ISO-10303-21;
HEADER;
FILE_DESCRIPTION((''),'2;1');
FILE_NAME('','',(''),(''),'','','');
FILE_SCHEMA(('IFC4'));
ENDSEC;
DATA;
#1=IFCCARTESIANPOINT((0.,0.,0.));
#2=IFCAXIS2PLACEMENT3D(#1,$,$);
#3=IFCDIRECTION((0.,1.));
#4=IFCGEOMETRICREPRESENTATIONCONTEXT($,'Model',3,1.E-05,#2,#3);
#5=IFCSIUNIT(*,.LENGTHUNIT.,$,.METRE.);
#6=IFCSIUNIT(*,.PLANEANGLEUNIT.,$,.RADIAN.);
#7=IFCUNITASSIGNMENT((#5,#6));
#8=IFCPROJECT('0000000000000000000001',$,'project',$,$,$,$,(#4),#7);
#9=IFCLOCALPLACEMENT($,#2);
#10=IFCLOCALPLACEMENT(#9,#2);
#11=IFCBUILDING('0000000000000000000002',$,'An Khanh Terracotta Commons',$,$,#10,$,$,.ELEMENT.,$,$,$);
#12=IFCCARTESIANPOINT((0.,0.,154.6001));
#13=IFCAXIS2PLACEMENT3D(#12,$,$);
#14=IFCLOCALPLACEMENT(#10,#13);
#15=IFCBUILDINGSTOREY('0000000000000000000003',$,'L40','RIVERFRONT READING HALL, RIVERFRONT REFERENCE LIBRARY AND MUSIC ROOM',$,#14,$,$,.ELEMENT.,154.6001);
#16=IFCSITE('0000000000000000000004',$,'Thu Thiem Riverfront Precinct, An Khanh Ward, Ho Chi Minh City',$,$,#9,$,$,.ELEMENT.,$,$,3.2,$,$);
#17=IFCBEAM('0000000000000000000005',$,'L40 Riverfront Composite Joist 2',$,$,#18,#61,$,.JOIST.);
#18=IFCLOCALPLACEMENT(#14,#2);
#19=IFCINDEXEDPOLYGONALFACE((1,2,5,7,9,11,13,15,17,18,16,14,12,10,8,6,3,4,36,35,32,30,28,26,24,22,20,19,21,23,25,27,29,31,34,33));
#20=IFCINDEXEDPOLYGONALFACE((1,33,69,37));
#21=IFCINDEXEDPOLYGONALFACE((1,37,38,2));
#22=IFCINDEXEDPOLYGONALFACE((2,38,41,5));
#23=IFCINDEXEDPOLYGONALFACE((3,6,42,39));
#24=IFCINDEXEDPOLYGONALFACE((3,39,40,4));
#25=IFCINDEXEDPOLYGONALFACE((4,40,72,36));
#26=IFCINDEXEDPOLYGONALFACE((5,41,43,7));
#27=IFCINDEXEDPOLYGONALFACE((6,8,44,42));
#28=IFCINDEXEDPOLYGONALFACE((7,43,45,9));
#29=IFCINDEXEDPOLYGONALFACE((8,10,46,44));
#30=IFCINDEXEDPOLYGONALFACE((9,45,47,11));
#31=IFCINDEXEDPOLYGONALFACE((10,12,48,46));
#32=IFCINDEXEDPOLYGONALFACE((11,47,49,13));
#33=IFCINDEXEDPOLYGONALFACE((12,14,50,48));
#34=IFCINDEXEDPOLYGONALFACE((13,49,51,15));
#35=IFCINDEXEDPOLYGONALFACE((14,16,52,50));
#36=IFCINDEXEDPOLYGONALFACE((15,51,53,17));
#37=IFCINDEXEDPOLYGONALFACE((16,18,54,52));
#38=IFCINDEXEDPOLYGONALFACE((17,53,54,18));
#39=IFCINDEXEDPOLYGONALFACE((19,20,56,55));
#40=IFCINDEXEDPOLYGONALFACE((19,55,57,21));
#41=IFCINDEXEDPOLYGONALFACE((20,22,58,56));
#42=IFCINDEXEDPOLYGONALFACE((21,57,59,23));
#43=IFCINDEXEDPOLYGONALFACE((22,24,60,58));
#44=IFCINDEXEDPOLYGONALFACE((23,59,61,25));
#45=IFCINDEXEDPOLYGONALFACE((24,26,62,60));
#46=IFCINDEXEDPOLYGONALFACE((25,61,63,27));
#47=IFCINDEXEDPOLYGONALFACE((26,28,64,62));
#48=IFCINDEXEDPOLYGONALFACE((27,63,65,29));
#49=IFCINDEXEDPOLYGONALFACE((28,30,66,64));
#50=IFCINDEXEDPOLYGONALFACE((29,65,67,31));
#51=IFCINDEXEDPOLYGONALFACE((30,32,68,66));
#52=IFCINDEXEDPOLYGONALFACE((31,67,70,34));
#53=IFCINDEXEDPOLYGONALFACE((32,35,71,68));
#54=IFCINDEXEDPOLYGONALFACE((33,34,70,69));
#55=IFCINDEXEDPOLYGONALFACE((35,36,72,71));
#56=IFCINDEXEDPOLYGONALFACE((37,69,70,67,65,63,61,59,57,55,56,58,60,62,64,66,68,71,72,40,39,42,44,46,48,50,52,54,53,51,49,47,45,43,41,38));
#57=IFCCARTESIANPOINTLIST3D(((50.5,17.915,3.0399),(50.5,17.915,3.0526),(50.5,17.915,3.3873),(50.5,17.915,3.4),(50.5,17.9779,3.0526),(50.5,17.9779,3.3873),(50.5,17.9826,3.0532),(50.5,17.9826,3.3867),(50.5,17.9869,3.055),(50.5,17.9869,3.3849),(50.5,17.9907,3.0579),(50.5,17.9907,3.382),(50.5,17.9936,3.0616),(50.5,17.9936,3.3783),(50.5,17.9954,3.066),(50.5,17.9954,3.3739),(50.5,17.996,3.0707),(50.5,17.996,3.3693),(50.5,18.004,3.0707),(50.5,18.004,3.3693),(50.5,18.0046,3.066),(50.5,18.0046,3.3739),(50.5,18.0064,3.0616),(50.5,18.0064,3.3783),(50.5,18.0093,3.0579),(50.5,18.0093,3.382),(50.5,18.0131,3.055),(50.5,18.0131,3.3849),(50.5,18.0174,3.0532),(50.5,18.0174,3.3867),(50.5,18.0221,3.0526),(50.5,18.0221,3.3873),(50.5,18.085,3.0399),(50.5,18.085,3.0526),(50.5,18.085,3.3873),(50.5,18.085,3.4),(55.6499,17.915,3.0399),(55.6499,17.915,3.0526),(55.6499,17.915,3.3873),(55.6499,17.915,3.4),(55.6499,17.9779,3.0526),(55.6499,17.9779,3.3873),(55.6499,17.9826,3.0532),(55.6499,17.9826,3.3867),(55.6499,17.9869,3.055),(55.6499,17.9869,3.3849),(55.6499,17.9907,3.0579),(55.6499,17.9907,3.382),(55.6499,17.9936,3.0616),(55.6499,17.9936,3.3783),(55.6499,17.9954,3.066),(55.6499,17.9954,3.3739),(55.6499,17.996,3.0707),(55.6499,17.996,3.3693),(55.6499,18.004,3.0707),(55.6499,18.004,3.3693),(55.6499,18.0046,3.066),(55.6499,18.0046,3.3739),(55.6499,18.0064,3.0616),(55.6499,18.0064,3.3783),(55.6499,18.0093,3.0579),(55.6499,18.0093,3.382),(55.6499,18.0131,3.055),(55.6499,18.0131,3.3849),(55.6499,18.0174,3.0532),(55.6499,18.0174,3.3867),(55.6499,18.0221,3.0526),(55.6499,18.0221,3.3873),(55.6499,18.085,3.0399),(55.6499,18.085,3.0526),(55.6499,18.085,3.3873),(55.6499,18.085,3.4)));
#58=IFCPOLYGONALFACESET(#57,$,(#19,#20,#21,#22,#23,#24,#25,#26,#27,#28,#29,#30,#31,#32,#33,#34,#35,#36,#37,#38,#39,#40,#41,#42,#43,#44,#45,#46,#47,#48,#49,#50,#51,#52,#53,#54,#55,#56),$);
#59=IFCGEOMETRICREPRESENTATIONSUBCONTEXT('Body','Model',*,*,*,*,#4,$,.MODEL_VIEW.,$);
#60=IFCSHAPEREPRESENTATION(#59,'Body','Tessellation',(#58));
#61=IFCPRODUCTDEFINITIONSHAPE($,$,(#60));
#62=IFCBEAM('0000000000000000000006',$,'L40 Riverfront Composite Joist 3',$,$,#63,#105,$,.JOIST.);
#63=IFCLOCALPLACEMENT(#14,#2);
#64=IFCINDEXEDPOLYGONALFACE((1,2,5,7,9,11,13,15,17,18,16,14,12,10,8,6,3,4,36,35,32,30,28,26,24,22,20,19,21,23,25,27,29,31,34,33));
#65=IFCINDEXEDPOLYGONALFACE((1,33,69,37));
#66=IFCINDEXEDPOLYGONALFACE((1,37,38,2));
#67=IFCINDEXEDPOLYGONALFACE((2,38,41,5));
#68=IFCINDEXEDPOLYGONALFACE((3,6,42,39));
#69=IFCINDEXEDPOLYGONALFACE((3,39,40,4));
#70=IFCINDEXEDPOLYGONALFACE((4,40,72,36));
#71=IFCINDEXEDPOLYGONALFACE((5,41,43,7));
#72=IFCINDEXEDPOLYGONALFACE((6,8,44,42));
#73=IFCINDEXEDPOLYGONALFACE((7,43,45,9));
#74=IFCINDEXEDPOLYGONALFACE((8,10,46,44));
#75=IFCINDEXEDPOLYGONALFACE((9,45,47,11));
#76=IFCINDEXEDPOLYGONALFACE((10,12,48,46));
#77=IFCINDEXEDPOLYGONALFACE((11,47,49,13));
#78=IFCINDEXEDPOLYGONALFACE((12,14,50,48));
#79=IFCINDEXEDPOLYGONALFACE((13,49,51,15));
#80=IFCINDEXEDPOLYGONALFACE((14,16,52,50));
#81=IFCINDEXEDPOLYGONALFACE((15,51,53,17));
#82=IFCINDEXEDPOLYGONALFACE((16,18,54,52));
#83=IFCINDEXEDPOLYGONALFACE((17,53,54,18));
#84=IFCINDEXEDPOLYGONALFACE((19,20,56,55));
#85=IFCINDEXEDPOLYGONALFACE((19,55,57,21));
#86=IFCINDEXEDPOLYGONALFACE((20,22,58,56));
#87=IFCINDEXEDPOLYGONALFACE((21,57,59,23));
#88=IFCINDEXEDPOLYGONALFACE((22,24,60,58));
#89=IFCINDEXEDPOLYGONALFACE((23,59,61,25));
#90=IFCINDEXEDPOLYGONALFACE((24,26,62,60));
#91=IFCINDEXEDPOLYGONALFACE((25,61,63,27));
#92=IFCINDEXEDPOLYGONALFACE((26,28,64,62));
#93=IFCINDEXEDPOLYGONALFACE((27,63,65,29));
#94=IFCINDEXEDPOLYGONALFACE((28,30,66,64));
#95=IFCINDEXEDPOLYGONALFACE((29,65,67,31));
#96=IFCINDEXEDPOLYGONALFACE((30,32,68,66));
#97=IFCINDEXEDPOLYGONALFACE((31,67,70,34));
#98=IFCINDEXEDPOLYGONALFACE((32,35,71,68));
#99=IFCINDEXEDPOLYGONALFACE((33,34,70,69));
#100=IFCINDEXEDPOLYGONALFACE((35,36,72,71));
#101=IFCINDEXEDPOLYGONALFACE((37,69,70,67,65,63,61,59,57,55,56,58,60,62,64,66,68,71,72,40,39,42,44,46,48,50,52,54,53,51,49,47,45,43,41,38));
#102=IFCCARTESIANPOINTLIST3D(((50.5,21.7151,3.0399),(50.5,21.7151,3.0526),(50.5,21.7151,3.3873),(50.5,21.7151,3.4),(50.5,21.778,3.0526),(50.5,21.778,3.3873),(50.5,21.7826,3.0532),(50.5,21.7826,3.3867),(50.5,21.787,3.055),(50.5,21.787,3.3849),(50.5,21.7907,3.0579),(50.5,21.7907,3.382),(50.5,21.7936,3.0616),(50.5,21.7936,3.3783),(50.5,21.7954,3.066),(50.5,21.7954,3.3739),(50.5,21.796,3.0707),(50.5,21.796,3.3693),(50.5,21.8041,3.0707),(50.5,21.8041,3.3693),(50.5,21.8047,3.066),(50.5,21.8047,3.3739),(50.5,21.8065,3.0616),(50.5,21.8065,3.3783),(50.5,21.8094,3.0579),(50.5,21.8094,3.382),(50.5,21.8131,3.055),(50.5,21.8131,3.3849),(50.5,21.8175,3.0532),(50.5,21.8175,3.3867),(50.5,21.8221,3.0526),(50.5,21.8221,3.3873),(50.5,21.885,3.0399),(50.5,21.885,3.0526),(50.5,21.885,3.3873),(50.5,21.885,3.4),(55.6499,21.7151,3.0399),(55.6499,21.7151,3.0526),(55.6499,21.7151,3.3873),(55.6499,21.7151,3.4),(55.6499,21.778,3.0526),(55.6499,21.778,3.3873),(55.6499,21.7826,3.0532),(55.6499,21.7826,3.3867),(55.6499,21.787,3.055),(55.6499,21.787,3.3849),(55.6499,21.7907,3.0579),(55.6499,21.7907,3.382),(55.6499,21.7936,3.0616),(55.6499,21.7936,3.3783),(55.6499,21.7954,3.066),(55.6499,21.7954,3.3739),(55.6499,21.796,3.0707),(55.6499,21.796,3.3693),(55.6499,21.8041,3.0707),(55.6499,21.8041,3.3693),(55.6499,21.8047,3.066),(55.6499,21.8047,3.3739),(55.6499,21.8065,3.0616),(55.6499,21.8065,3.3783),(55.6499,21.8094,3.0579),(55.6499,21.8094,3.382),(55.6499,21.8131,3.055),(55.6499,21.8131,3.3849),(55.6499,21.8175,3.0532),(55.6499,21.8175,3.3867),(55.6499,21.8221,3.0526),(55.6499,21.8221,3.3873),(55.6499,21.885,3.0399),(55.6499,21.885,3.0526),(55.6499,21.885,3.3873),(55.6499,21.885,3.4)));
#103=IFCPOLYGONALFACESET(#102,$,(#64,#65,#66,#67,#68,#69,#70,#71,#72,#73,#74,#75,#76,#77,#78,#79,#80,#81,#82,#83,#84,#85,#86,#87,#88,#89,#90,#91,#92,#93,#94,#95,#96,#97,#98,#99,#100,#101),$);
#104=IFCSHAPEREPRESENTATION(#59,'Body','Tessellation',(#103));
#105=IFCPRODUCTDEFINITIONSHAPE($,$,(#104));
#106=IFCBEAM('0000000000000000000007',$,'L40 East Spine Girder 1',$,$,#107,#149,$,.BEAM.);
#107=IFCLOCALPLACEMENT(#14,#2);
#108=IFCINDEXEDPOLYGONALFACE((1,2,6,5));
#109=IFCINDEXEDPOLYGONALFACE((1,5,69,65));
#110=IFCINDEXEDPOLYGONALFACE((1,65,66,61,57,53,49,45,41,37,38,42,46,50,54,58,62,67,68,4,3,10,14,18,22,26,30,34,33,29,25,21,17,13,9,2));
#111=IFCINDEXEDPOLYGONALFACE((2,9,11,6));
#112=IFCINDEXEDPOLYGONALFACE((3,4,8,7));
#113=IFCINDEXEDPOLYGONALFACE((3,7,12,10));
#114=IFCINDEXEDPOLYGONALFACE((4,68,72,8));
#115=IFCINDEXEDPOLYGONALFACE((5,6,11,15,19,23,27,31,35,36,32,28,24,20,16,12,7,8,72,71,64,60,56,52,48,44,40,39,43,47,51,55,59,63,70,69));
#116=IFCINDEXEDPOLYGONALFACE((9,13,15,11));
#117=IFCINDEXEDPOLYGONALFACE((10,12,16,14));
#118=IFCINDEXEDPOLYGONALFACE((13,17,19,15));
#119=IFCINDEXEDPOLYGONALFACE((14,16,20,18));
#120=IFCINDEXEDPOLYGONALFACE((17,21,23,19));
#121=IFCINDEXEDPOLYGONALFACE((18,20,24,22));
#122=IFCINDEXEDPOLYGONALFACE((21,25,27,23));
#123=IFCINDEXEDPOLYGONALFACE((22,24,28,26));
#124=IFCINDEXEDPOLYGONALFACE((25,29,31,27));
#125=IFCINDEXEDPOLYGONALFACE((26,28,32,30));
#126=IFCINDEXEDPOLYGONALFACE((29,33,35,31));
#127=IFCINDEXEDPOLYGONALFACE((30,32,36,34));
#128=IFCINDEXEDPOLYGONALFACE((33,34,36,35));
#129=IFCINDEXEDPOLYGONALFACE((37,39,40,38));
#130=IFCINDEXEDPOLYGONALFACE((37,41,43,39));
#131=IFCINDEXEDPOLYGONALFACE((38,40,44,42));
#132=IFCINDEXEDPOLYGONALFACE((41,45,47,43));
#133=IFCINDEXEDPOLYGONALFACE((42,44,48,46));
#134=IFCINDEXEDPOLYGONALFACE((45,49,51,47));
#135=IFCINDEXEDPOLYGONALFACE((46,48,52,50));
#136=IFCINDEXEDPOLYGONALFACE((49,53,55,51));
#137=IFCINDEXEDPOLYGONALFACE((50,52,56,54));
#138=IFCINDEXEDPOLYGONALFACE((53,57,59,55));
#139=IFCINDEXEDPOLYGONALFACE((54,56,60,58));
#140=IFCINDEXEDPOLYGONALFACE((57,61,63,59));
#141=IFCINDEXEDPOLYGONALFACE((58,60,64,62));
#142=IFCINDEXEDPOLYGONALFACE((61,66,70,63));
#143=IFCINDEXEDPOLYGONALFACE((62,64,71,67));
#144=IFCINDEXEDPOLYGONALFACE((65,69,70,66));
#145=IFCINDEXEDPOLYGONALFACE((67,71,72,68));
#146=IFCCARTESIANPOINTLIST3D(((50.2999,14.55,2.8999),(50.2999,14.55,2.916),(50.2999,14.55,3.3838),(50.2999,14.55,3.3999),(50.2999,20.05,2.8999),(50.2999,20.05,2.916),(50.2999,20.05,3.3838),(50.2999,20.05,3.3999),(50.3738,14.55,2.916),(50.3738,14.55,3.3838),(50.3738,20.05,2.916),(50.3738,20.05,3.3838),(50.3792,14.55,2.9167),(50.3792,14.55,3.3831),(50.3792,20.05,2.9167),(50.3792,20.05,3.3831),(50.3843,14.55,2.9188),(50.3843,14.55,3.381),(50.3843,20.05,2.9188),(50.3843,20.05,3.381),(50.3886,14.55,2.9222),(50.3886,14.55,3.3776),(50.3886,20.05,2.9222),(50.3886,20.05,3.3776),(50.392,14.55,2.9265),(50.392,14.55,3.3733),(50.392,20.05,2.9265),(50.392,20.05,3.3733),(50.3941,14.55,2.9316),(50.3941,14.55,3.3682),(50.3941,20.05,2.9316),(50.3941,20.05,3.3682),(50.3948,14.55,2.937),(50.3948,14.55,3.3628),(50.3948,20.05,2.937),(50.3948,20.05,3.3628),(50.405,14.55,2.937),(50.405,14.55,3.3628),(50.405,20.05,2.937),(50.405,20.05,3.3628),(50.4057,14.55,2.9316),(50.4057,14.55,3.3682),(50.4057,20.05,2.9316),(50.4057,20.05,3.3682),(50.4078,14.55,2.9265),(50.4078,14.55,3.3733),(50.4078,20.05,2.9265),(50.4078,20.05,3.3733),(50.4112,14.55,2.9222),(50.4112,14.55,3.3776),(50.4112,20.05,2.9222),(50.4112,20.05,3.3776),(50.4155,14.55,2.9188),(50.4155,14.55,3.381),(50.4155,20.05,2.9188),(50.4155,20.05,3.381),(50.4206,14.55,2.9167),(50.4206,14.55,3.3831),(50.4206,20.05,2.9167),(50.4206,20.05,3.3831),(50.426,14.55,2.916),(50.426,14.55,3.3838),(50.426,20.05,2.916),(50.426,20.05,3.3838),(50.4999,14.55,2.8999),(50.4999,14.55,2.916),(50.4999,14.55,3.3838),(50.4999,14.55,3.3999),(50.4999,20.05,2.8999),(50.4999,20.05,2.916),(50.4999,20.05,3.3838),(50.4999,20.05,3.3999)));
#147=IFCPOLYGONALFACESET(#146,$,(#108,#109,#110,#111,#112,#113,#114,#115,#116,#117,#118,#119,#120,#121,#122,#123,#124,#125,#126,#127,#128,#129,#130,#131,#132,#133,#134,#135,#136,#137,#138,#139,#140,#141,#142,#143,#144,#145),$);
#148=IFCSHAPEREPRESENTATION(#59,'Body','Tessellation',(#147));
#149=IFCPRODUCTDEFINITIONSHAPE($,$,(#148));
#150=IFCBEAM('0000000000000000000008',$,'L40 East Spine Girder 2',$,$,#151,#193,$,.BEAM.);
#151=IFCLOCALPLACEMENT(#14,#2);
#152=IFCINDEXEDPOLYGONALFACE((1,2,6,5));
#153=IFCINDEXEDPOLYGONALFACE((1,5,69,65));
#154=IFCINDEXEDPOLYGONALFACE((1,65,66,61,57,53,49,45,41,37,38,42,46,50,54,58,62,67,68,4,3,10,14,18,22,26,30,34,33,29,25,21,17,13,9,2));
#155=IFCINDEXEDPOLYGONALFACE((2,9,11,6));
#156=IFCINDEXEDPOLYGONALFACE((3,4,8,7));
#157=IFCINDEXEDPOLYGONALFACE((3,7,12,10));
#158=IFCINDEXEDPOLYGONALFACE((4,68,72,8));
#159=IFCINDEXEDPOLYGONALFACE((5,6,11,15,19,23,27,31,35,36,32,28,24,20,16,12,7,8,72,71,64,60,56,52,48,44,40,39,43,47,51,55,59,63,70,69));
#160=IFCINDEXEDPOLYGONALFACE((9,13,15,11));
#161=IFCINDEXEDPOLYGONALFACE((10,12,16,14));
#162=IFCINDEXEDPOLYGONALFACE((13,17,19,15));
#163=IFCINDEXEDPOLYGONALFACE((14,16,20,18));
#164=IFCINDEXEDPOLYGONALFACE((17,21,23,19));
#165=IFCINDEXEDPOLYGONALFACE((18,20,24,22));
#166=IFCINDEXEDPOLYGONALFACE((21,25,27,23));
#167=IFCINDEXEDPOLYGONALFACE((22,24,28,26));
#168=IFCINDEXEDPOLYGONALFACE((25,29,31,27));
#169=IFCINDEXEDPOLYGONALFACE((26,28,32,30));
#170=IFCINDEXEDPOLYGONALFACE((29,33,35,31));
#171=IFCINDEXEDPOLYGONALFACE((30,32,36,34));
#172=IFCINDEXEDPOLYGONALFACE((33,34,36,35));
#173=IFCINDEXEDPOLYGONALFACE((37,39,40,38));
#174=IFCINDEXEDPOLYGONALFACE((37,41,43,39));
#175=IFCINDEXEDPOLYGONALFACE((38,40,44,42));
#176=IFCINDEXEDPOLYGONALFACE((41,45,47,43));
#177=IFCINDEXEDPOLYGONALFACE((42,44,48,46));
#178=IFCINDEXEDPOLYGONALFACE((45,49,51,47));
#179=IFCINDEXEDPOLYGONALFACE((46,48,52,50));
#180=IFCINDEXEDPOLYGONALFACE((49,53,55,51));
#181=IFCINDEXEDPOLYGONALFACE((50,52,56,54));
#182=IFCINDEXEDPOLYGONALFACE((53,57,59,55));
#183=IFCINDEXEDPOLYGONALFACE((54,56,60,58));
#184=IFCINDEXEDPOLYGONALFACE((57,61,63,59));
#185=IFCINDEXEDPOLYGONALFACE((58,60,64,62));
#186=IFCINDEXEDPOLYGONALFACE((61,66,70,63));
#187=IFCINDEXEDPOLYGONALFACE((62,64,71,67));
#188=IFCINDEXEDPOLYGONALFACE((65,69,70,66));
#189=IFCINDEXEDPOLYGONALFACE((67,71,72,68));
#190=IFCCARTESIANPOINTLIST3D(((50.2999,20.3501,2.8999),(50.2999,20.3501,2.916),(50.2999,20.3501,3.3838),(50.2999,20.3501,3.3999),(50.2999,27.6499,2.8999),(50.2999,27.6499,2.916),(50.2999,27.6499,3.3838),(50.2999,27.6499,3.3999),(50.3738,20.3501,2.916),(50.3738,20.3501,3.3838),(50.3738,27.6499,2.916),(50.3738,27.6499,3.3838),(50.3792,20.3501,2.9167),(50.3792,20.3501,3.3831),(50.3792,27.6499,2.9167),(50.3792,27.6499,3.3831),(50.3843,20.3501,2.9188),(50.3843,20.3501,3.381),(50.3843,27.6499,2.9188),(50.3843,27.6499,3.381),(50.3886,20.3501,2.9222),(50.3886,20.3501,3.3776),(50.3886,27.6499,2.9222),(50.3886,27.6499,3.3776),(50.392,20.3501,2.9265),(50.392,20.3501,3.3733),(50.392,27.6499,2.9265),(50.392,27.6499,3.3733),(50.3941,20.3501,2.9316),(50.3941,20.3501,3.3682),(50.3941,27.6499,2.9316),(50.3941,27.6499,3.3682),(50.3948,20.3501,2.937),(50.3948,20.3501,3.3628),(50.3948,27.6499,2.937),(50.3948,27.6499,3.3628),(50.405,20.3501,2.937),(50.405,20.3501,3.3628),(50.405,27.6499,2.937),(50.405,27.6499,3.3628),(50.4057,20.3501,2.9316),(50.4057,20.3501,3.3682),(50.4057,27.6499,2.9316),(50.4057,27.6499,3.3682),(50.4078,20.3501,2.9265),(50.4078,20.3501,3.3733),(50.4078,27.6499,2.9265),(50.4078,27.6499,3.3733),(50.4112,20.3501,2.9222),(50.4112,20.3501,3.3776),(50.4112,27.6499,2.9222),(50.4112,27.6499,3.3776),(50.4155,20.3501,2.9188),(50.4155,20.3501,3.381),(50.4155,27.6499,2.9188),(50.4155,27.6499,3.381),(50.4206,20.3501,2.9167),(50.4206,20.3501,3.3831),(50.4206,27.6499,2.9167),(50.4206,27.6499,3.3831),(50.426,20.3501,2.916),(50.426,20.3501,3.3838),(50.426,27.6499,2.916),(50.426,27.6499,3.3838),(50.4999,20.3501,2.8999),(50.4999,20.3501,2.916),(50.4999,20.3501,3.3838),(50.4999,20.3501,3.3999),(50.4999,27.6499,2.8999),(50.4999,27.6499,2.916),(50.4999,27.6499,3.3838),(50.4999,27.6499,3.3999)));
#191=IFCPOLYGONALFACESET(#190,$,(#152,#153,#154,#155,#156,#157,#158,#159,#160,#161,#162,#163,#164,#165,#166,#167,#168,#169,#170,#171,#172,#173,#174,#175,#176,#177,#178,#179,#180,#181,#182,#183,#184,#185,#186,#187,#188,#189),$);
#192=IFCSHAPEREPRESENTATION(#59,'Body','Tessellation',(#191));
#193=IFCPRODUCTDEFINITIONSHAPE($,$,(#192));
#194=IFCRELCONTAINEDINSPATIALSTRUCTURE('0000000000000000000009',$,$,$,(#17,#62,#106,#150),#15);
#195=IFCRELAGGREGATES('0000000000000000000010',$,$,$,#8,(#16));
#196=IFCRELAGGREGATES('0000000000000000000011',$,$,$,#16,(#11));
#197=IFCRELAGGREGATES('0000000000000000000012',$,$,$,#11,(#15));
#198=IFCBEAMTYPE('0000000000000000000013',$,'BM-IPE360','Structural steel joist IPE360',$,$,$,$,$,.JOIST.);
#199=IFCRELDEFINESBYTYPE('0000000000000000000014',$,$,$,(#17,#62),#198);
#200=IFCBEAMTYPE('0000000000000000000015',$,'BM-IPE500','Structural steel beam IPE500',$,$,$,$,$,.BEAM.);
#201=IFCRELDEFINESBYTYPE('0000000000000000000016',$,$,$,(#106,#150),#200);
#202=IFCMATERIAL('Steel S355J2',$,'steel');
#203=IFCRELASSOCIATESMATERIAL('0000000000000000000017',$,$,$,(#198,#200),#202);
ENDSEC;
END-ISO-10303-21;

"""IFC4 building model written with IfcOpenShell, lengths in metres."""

from ifc_helpers import new_model, si_unit, direction, frame, origin, origin_2d, place, context, subcontext, project, spatial, i_section, extrude, material, material_profile, profile_set, type_object, element, save


model = new_model("IFC4")

# Units and contexts
model_context = context("Model", 3, precision=1e-05, world=origin(), true_north=direction((0.0, 1.0)))
body_context = subcontext(model_context, "Body", "Model", "MODEL_VIEW")
ifc_project = project(units=[si_unit("LENGTHUNIT", "METRE"), si_unit("PLANEANGLEUNIT", "RADIAN")], contexts=[model_context])

# Site, building, storey
site_placement = place(None, origin())
site = spatial("IfcSite", under=ifc_project, at=site_placement, Name="Thu Thiem Riverfront Precinct, An Khanh Ward, Ho Chi Minh City", CompositionType="ELEMENT", RefElevation=3.2)
building_placement = place(site_placement, origin())
building = spatial("IfcBuilding", under=site, at=building_placement, Name="An Khanh Terracotta Commons", CompositionType="ELEMENT")
storey_placement = place(building_placement, frame((0.0, 0.0, 154.6001)))
storey = spatial("IfcBuildingStorey", under=building, at=storey_placement, Name="L40", Description="RIVERFRONT READING HALL, RIVERFRONT REFERENCE LIBRARY AND MUSIC ROOM", CompositionType="ELEMENT", Elevation=154.6001)

# Beams
ifc_material_1 = material(Name="Steel S355J2", Category="steel")
ifc_material_profile_1 = material_profile(ifc_material_1, i_section(OverallWidth=0.1699, OverallDepth=0.3601, WebThickness=0.0081, FlangeThickness=0.0127, FilletRadius=0.0181, at=origin_2d()), Name="IPE360")
ifc_profile_set_1 = profile_set([ifc_material_profile_1], Name="Steel S355J2")
beam_type_1 = type_object("IfcBeamType", Name="BM-IPE360", Description="Structural steel joist IPE360", PredefinedType="JOIST", material=ifc_profile_set_1)
for number, where, z_axis, x_axis, name in (
    (1, (50.5, 18.0, 3.22), (1.0, 0.0, 0.0), (0.0, 1.0, 0.0), "L40 Riverfront Composite Joist 2"),
    (2, (50.5, 21.8, 3.22), (1.0, 0.0, 0.0), (0.0, 1.0, 0.0), "L40 Riverfront Composite Joist 3"),
):
    element("IfcBeam", number, at=place(storey_placement, frame(where, z_axis=z_axis, x_axis=x_axis)), inside=storey, type_object=beam_type_1, Name=name, PredefinedType="JOIST", context=body_context, shape_type="SweptSolid", body=[
        extrude(i_section(OverallWidth=0.1699, OverallDepth=0.3601, WebThickness=0.0081, FlangeThickness=0.0127, FilletRadius=0.0181, at=origin_2d()), origin(), (0.0, 0.0, 1.0), 5.1499),
    ])
ifc_material_profile_2 = material_profile(ifc_material_1, i_section(OverallWidth=0.2, OverallDepth=0.5, WebThickness=0.0103, FlangeThickness=0.0161, FilletRadius=0.021, at=origin_2d()), Name="IPE500")
ifc_profile_set_2 = profile_set([ifc_material_profile_2], Name="Steel S355J2")
beam_type_2 = type_object("IfcBeamType", Name="BM-IPE500", Description="Structural steel beam IPE500", PredefinedType="BEAM", material=ifc_profile_set_2)
beam_1_placement = place(storey_placement, frame((50.3999, 14.55, 3.1499), z_axis=(0.0, 1.0, 0.0), x_axis=(-1.0, 0.0, 0.0)))
element("IfcBeam", 3, at=beam_1_placement, inside=storey, type_object=beam_type_2, Name="L40 East Spine Girder 1", PredefinedType="BEAM", context=body_context, shape_type="SweptSolid", body=[
    extrude(i_section(OverallWidth=0.2, OverallDepth=0.5, WebThickness=0.0103, FlangeThickness=0.0161, FilletRadius=0.021, at=origin_2d()), origin(), (0.0, 0.0, 1.0), 5.5),
])
beam_2_placement = place(storey_placement, frame((50.3999, 20.3501, 3.1499), z_axis=(0.0, 1.0, 0.0), x_axis=(-1.0, 0.0, 0.0)))
element("IfcBeam", 4, at=beam_2_placement, inside=storey, type_object=beam_type_2, Name="L40 East Spine Girder 2", PredefinedType="BEAM", context=body_context, shape_type="SweptSolid", body=[
    extrude(i_section(OverallWidth=0.2, OverallDepth=0.5, WebThickness=0.0103, FlangeThickness=0.0161, FilletRadius=0.021, at=origin_2d()), origin(), (0.0, 0.0, 1.0), 7.2998),
])

save(model, "model.ifc")
